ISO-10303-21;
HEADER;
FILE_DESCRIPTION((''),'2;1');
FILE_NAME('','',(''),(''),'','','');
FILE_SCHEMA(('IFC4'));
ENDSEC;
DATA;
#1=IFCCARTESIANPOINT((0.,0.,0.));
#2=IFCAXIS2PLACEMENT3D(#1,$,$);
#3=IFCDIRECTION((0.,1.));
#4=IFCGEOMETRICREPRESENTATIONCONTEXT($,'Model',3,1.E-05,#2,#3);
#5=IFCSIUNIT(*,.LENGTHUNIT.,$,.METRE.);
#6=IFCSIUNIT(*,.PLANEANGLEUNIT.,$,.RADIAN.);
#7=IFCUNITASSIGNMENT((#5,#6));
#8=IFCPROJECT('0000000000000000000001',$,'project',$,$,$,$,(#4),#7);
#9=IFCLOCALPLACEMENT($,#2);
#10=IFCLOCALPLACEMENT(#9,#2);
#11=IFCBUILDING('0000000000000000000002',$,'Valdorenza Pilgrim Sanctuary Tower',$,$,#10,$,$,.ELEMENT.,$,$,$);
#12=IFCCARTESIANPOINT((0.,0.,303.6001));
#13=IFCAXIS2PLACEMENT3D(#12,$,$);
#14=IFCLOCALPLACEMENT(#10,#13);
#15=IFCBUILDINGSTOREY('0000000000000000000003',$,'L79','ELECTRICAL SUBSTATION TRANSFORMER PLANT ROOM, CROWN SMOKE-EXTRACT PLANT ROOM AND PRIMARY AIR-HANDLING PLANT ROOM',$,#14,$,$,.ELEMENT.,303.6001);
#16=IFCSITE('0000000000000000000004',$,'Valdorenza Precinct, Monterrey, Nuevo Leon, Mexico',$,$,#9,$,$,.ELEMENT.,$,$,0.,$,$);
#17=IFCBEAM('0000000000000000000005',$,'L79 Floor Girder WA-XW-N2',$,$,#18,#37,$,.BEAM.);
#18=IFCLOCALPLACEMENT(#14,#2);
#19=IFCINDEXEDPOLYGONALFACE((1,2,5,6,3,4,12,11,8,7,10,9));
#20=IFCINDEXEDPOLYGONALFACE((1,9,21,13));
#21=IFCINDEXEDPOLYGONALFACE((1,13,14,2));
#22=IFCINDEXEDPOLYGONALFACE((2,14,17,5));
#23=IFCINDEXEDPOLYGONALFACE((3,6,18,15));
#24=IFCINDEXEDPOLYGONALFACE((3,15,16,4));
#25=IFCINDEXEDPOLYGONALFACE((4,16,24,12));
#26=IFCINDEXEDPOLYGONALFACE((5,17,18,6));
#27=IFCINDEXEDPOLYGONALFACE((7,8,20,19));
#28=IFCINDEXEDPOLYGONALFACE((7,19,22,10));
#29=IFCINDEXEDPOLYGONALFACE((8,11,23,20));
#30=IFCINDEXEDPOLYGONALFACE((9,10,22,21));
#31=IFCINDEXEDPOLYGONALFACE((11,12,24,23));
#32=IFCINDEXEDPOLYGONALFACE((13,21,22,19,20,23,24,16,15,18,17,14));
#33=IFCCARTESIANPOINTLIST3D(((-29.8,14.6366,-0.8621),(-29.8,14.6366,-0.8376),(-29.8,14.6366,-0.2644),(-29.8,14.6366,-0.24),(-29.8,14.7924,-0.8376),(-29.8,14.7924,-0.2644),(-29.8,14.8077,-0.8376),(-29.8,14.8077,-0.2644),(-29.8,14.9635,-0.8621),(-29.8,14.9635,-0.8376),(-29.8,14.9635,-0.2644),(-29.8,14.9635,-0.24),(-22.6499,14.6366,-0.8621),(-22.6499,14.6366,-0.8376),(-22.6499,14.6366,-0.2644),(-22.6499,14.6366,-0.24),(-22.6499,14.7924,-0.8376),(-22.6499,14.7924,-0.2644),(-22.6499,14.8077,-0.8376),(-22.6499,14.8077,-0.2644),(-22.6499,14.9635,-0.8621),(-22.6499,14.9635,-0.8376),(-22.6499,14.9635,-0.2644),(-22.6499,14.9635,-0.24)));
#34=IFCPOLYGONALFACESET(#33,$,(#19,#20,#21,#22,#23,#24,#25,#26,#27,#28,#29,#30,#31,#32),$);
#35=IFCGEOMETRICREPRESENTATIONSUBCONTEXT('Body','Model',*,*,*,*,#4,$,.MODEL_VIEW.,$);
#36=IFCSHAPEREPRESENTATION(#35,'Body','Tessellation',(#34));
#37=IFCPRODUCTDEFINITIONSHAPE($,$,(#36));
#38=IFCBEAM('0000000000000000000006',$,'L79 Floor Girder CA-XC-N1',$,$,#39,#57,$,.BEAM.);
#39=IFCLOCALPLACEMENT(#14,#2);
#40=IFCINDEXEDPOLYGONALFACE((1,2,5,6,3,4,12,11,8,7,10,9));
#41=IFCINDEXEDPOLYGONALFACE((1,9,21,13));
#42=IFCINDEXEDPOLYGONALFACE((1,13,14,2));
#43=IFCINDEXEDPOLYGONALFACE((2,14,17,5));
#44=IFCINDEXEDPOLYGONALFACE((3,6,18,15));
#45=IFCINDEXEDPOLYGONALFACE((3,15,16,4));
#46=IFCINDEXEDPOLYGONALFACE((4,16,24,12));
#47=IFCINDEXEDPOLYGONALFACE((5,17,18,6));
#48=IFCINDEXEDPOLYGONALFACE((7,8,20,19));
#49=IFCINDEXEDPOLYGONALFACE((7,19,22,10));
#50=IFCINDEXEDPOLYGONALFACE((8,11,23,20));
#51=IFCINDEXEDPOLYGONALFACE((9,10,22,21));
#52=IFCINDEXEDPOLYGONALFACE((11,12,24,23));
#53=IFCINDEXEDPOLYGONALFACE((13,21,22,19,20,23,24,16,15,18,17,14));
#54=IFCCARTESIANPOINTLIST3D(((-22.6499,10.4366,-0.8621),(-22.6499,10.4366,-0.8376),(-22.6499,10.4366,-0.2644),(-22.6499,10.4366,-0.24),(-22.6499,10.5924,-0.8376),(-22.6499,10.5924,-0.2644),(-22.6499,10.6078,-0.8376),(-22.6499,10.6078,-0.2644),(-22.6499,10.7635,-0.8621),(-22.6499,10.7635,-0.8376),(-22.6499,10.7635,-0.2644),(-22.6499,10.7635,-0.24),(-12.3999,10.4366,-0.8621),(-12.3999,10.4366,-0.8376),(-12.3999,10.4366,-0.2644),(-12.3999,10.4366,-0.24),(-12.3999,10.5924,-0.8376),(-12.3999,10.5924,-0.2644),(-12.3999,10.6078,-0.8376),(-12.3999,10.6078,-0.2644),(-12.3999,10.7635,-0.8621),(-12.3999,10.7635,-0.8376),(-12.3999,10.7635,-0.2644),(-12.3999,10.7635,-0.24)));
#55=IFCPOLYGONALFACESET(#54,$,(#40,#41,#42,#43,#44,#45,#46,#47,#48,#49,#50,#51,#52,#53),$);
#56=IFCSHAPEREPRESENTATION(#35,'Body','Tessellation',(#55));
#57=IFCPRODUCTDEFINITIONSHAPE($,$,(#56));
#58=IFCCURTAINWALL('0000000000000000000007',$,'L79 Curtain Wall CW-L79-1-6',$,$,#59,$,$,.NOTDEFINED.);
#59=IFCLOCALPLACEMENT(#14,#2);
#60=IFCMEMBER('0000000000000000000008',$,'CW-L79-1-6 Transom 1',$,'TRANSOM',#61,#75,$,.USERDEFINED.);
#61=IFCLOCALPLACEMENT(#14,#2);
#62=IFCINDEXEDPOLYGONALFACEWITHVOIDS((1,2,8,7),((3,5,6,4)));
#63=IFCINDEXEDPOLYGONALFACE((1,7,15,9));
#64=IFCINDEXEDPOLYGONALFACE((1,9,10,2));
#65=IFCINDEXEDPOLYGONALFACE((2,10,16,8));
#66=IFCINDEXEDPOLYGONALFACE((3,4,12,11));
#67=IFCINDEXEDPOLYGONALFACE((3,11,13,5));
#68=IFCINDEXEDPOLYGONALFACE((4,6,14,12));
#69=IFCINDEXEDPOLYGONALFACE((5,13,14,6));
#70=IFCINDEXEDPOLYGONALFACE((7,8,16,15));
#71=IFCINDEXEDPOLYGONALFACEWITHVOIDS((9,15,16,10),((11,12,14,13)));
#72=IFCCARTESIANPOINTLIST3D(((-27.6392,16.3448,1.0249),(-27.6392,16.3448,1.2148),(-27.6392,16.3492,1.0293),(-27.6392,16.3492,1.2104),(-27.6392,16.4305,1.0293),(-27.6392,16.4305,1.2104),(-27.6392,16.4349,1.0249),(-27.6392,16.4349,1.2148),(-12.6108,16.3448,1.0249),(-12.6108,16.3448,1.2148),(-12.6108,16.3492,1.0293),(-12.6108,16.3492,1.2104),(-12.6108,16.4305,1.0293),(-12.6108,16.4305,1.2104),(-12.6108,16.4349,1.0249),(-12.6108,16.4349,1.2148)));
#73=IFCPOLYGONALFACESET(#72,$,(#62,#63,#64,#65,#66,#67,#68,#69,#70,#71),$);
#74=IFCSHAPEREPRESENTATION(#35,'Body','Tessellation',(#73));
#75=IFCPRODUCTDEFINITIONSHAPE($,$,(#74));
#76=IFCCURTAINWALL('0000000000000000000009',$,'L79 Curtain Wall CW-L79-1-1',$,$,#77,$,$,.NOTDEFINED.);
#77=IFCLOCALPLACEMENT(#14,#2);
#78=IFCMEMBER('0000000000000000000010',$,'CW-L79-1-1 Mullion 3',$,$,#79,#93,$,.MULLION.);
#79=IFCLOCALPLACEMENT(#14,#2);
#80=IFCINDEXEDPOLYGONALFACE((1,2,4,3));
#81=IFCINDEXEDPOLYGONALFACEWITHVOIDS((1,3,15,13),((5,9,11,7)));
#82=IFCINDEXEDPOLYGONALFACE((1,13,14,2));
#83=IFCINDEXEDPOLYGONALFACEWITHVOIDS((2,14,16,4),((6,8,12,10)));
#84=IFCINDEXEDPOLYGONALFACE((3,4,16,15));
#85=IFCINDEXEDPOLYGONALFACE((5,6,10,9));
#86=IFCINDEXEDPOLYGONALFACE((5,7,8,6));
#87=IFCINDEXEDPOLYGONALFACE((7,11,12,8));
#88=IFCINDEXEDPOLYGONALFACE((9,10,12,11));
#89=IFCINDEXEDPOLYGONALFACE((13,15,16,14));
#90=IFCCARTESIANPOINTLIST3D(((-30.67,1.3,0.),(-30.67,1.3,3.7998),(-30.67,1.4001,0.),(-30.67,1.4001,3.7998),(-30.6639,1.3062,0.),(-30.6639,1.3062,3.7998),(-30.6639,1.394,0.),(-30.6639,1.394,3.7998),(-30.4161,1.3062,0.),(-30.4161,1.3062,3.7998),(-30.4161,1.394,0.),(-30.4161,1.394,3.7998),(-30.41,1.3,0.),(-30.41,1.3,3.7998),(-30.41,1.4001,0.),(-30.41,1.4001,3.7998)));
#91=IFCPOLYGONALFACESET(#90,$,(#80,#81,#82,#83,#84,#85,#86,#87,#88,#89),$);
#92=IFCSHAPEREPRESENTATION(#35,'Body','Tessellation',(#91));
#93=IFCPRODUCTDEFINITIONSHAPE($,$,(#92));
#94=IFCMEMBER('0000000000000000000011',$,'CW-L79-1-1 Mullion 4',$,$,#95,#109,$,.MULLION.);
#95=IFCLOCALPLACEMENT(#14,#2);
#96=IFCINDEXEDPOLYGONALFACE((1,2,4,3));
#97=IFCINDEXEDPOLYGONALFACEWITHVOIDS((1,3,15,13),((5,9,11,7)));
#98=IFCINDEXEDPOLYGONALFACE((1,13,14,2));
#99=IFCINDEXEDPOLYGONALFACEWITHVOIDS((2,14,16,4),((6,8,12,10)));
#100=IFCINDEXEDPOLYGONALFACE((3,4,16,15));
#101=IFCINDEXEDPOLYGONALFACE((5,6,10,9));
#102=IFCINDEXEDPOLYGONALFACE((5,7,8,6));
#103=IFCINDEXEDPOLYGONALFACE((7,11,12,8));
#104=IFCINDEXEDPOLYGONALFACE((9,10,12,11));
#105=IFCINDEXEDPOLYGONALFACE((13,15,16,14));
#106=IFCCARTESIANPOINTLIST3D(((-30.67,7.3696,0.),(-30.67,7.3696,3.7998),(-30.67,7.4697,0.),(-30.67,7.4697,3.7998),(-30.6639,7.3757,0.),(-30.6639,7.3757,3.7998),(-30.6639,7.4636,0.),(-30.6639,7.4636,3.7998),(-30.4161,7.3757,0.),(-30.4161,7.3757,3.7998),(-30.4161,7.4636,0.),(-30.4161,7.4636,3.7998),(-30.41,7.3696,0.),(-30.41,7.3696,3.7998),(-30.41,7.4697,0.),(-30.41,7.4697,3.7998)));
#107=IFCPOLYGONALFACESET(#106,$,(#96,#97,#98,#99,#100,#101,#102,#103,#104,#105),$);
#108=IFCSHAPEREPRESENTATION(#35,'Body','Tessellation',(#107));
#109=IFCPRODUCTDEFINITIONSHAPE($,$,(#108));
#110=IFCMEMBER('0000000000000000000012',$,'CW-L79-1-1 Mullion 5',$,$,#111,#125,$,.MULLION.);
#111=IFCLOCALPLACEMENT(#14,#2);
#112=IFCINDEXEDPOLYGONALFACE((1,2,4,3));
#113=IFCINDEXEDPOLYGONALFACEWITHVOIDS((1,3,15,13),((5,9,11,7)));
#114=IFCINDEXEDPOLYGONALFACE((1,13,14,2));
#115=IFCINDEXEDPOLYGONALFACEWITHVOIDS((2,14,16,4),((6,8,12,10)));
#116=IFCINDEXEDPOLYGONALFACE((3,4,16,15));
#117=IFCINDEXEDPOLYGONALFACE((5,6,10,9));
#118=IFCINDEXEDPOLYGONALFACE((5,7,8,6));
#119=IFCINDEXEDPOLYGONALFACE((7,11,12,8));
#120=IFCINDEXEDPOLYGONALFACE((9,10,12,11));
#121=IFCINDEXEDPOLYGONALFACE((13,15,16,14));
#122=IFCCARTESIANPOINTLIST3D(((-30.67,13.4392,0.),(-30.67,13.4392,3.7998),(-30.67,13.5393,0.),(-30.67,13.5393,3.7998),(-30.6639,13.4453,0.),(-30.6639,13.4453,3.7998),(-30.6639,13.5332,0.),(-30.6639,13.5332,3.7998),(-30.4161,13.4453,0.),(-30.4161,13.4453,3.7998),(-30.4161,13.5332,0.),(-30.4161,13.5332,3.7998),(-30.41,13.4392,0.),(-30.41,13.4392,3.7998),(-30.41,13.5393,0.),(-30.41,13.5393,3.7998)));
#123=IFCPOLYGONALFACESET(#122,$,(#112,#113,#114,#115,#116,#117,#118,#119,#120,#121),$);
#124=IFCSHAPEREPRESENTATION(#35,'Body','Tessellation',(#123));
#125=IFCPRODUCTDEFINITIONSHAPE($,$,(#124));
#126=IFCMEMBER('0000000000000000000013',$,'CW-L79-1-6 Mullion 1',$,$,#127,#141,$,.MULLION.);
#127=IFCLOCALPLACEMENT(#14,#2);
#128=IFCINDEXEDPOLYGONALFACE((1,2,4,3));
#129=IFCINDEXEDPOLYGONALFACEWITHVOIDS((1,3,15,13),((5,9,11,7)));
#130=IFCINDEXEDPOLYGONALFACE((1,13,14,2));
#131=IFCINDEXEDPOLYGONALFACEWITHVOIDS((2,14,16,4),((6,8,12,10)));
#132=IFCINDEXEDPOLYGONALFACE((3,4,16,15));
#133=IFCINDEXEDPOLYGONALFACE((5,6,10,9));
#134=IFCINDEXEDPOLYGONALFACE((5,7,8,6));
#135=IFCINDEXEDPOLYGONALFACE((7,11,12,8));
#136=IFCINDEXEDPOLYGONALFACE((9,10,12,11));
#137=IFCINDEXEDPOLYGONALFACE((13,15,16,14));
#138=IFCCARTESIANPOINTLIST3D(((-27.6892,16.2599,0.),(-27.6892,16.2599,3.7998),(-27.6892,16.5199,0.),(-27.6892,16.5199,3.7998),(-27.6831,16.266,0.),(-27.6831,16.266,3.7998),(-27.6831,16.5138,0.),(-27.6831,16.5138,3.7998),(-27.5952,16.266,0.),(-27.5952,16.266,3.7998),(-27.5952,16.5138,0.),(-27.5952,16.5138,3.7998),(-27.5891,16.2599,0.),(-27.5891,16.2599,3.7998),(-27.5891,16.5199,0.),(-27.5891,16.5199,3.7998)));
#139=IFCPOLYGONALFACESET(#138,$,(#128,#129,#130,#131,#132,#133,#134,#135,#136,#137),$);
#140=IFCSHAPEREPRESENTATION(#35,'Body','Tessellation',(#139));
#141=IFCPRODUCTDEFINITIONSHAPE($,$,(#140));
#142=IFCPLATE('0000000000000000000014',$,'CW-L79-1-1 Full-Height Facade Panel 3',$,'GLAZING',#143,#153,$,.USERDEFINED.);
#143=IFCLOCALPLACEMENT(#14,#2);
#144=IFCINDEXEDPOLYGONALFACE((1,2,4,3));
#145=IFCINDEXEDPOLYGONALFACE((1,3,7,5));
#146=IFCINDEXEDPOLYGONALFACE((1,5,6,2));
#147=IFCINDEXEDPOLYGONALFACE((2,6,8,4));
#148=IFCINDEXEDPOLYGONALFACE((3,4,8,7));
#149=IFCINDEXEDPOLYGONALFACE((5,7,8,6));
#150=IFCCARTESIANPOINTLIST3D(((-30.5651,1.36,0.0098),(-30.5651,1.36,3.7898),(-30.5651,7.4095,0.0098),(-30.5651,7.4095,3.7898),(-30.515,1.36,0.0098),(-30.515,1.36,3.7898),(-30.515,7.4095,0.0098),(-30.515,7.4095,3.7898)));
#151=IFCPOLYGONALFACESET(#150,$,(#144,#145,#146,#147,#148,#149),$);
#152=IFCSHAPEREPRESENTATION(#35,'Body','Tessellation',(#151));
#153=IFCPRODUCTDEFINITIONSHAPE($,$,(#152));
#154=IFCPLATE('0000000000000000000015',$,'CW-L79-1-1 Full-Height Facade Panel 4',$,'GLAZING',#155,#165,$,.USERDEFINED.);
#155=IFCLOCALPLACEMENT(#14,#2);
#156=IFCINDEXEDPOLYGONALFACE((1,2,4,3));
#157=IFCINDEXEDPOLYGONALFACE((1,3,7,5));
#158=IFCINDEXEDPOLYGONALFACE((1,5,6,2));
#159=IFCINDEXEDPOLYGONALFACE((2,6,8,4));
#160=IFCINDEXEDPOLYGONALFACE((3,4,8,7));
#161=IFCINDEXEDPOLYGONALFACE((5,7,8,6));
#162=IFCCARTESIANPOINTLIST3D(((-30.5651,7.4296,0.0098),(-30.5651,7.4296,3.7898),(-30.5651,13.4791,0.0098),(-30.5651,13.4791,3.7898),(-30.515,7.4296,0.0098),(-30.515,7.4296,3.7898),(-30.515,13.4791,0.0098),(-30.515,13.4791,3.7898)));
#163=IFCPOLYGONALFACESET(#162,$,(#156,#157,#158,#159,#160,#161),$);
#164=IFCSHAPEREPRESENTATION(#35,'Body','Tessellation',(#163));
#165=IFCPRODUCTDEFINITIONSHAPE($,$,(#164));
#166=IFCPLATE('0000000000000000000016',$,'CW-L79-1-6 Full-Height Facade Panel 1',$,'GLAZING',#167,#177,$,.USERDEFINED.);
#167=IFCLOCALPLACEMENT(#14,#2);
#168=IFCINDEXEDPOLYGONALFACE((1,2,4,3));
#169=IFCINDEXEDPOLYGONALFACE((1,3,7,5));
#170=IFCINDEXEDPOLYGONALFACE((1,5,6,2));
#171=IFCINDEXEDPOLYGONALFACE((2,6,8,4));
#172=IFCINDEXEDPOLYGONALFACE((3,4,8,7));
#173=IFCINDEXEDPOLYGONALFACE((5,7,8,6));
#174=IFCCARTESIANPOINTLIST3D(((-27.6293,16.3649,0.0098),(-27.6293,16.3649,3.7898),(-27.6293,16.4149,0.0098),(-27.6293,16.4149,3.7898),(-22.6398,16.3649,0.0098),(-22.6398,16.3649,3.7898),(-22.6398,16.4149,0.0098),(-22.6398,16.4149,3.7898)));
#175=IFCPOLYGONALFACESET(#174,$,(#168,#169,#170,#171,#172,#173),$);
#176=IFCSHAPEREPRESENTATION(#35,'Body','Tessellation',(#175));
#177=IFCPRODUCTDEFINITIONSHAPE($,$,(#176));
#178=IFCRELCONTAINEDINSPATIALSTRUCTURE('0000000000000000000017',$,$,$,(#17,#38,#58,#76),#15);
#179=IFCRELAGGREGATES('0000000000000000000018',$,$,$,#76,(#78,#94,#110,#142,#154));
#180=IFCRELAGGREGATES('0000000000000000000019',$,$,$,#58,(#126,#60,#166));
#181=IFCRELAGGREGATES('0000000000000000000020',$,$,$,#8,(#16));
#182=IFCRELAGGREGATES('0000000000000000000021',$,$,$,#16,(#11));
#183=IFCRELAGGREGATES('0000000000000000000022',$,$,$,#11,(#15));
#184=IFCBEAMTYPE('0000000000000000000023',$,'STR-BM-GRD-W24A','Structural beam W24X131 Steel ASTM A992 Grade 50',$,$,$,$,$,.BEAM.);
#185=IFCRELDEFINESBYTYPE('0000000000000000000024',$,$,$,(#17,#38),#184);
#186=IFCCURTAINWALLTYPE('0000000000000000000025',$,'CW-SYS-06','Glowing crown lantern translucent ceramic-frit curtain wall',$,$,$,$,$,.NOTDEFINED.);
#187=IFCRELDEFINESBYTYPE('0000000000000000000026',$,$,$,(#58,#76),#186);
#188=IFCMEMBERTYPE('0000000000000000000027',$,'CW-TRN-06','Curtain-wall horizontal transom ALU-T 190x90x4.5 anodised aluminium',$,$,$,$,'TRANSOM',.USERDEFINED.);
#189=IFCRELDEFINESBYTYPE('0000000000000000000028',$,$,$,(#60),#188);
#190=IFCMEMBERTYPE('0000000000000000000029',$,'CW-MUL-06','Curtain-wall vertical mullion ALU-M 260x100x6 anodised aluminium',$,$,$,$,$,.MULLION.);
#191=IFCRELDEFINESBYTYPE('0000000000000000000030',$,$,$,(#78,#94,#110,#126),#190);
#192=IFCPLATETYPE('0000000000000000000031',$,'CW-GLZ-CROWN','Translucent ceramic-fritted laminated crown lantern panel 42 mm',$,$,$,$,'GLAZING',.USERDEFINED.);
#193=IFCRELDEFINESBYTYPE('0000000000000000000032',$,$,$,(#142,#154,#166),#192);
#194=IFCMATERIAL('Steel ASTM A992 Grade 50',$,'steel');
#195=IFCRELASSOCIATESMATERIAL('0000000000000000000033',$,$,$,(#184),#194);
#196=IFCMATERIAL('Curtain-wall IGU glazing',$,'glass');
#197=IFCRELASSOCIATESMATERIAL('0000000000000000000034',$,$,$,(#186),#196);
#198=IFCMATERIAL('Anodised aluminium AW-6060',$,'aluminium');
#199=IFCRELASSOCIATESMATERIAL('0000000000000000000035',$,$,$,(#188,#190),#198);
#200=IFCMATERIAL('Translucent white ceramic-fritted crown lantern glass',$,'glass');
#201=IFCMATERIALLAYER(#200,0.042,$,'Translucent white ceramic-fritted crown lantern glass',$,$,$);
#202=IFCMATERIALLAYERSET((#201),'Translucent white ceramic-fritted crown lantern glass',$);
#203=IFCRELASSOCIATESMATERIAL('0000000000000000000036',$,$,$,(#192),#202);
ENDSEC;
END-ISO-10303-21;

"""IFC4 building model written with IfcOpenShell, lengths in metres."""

from ifc_helpers import new_model, si_unit, direction, frame, origin, origin_2d, place, context, subcontext, project, spatial, rectangle, hollow_rectangle, i_section, extrude, source, transform, mapped, material, layer, layer_set, material_profile, profile_set, type_object, element, aggregate, save


model = new_model("IFC4")

# Units and contexts
model_context = context("Model", 3, precision=1e-05, world=origin(), true_north=direction((0.0, 1.0)))
body_context = subcontext(model_context, "Body", "Model", "MODEL_VIEW")
ifc_project = project(units=[si_unit("LENGTHUNIT", "METRE"), si_unit("PLANEANGLEUNIT", "RADIAN")], contexts=[model_context])

# Site, building, storey
site_placement = place(None, origin())
site = spatial("IfcSite", under=ifc_project, at=site_placement, Name="Valdorenza Precinct, Monterrey, Nuevo Leon, Mexico", CompositionType="ELEMENT", RefElevation=0.0)
building_placement = place(site_placement, origin())
building = spatial("IfcBuilding", under=site, at=building_placement, Name="Valdorenza Pilgrim Sanctuary Tower", CompositionType="ELEMENT")
storey_placement = place(building_placement, frame((0.0, 0.0, 303.6001)))
storey = spatial("IfcBuildingStorey", under=building, at=storey_placement, Name="L79", Description="ELECTRICAL SUBSTATION TRANSFORMER PLANT ROOM, CROWN SMOKE-EXTRACT PLANT ROOM AND PRIMARY AIR-HANDLING PLANT ROOM", CompositionType="ELEMENT", Elevation=303.6001)

# Beams
ifc_material_1 = material(Name="Steel ASTM A992 Grade 50", Category="steel")
ifc_material_profile_1 = material_profile(ifc_material_1, i_section(OverallWidth=0.3269, OverallDepth=0.6221, WebThickness=0.0154, FlangeThickness=0.0244, at=origin_2d()), Name="W24X131")
ifc_profile_set_1 = profile_set([ifc_material_profile_1], Name="Steel ASTM A992 Grade 50")
beam_type_1 = type_object("IfcBeamType", Name="STR-BM-GRD-W24A", Description="Structural beam W24X131 Steel ASTM A992 Grade 50", PredefinedType="BEAM", material=ifc_profile_set_1)
shared_shape_1 = source(origin(), body_context, "Body", "SweptSolid", [
    extrude(i_section(OverallWidth=0.3269, OverallDepth=0.6221, WebThickness=0.0154, FlangeThickness=0.0244, at=origin_2d()), origin(), (0.0, 0.0, 1.0), 7.1501),
])
for number, where, z_axis, x_axis, name in (
    (1, (-29.8, 14.8, -0.551), (1.0, 0.0, 0.0), (0.0, 1.0, 0.0), "L79 Floor Girder WA-XW-N2"),
):
    element("IfcBeam", number, at=place(storey_placement, frame(where, z_axis=z_axis, x_axis=x_axis)), inside=storey, type_object=beam_type_1, Name=name, PredefinedType="BEAM", context=body_context, shape_type="MappedRepresentation", body=[
        mapped(shared_shape_1, transform((0.0, 0.0, 0.0), x_axis=(1.0, 0.0, 0.0), y_axis=(0.0, 1.0, 0.0), z_axis=(0.0, 0.0, 1.0), scale=1.0)),
    ])
shared_shape_2 = source(origin(), body_context, "Body", "SweptSolid", [
    extrude(i_section(OverallWidth=0.3269, OverallDepth=0.6221, WebThickness=0.0154, FlangeThickness=0.0244, at=origin_2d()), origin(), (0.0, 0.0, 1.0), 10.25),
])
beam_1_placement = place(storey_placement, frame((-22.6499, 10.6001, -0.551), z_axis=(1.0, 0.0, 0.0), x_axis=(0.0, 1.0, 0.0)))
element("IfcBeam", 2, at=beam_1_placement, inside=storey, type_object=beam_type_1, Name="L79 Floor Girder CA-XC-N1", PredefinedType="BEAM", context=body_context, shape_type="MappedRepresentation", body=[
    mapped(shared_shape_2, transform((0.0, 0.0, 0.0), x_axis=(1.0, 0.0, 0.0), y_axis=(0.0, 1.0, 0.0), z_axis=(0.0, 0.0, 1.0), scale=1.0)),
])

# Curtain wall, member
ifc_material_2 = material(Name="Curtain-wall IGU glazing", Category="glass")
curtain_wall_type = type_object("IfcCurtainWallType", Name="CW-SYS-06", Description="Glowing crown lantern translucent ceramic-frit curtain wall", PredefinedType="NOTDEFINED", material=ifc_material_2)
curtain_wall_1_placement = place(storey_placement, origin())
curtain_wall_1 = element("IfcCurtainWall", 3, at=curtain_wall_1_placement, inside=storey, type_object=curtain_wall_type, Name="L79 Curtain Wall CW-L79-1-6", PredefinedType="NOTDEFINED")
ifc_material_3 = material(Name="Anodised aluminium AW-6060", Category="aluminium")
ifc_material_profile_2 = material_profile(ifc_material_3, hollow_rectangle(XDim=0.0901, YDim=0.1899, WallThickness=0.0044, at=origin_2d()), Name="ALU-T 190x90x4.5")
ifc_profile_set_2 = profile_set([ifc_material_profile_2], Name="Anodised aluminium AW-6060")
member_type_1 = type_object("IfcMemberType", Name="CW-TRN-06", Description="Curtain-wall horizontal transom ALU-T 190x90x4.5 anodised aluminium", ElementType="TRANSOM", PredefinedType="USERDEFINED", material=ifc_profile_set_2)
shared_shape_3 = source(origin(), body_context, "Body", "SweptSolid", [
    extrude(hollow_rectangle(XDim=0.0901, YDim=0.1899, WallThickness=0.0044, at=origin_2d()), origin(), (0.0, 0.0, 1.0), 15.0283),
])
member_1_placement = place(storey_placement, frame((-27.6392, 16.3899, 1.1199), z_axis=(1.0, 0.0, 0.0), x_axis=(0.0, 1.0, 0.0)))
member_1 = element("IfcMember", 4, at=member_1_placement, type_object=member_type_1, Name="CW-L79-1-6 Transom 1", ObjectType="TRANSOM", PredefinedType="USERDEFINED", context=body_context, shape_type="MappedRepresentation", body=[
    mapped(shared_shape_3, transform((0.0, 0.0, 0.0), x_axis=(1.0, 0.0, 0.0), y_axis=(0.0, 1.0, 0.0), z_axis=(0.0, 0.0, 1.0), scale=1.0)),
])

# Curtain wall, members
curtain_wall_2_placement = place(storey_placement, origin())
curtain_wall_2 = element("IfcCurtainWall", 5, at=curtain_wall_2_placement, inside=storey, type_object=curtain_wall_type, Name="L79 Curtain Wall CW-L79-1-1", PredefinedType="NOTDEFINED")
ifc_material_profile_3 = material_profile(ifc_material_3, hollow_rectangle(XDim=0.1001, YDim=0.26, WallThickness=0.0061, at=origin_2d()), Name="ALU-M 260x100x6")
ifc_profile_set_3 = profile_set([ifc_material_profile_3], Name="Anodised aluminium AW-6060")
member_type_2 = type_object("IfcMemberType", Name="CW-MUL-06", Description="Curtain-wall vertical mullion ALU-M 260x100x6 anodised aluminium", PredefinedType="MULLION", material=ifc_profile_set_3)
shared_shape_4 = source(origin(), body_context, "Body", "SweptSolid", [
    extrude(hollow_rectangle(XDim=0.1001, YDim=0.26, WallThickness=0.0061, at=origin_2d()), origin(), (0.0, 0.0, 1.0), 3.7998),
])
member_2_placement = place(storey_placement, frame((-30.54, 1.3501, 0.0), z_axis=(0.0, 0.0, 1.0), x_axis=(0.0, 1.0, 0.0)))
member_2 = element("IfcMember", 6, at=member_2_placement, type_object=member_type_2, Name="CW-L79-1-1 Mullion 3", PredefinedType="MULLION", context=body_context, shape_type="MappedRepresentation", body=[
    mapped(shared_shape_4, transform((0.0, 0.0, 0.0), x_axis=(1.0, 0.0, 0.0), y_axis=(0.0, 1.0, 0.0), z_axis=(0.0, 0.0, 1.0), scale=1.0)),
])
member_3_placement = place(storey_placement, frame((-30.54, 7.4197, 0.0), z_axis=(0.0, 0.0, 1.0), x_axis=(0.0, 1.0, 0.0)))
member_3 = element("IfcMember", 7, at=member_3_placement, type_object=member_type_2, Name="CW-L79-1-1 Mullion 4", PredefinedType="MULLION", context=body_context, shape_type="MappedRepresentation", body=[
    mapped(shared_shape_4, transform((0.0, 0.0, 0.0), x_axis=(1.0, 0.0, 0.0), y_axis=(0.0, 1.0, 0.0), z_axis=(0.0, 0.0, 1.0), scale=1.0)),
])
member_4_placement = place(storey_placement, frame((-30.54, 13.4893, 0.0), z_axis=(0.0, 0.0, 1.0), x_axis=(0.0, 1.0, 0.0)))
member_4 = element("IfcMember", 8, at=member_4_placement, type_object=member_type_2, Name="CW-L79-1-1 Mullion 5", PredefinedType="MULLION", context=body_context, shape_type="MappedRepresentation", body=[
    mapped(shared_shape_4, transform((0.0, 0.0, 0.0), x_axis=(1.0, 0.0, 0.0), y_axis=(0.0, 1.0, 0.0), z_axis=(0.0, 0.0, 1.0), scale=1.0)),
])

# Member
member_5_placement = place(storey_placement, frame((-27.6392, 16.3899, 0.0), z_axis=(0.0, 0.0, 1.0), x_axis=(1.0, 0.0, 0.0)))
member_5 = element("IfcMember", 9, at=member_5_placement, type_object=member_type_2, Name="CW-L79-1-6 Mullion 1", PredefinedType="MULLION", context=body_context, shape_type="MappedRepresentation", body=[
    mapped(shared_shape_4, transform((0.0, 0.0, 0.0), x_axis=(1.0, 0.0, 0.0), y_axis=(0.0, 1.0, 0.0), z_axis=(0.0, 0.0, 1.0), scale=1.0)),
])

# Plates
ifc_material_4 = material(Name="Translucent white ceramic-fritted crown lantern glass", Category="glass")
ifc_layer_1 = layer(ifc_material_4, 0.042, Name="Translucent white ceramic-fritted crown lantern glass")
ifc_layer_set_1 = layer_set([ifc_layer_1], Name="Translucent white ceramic-fritted crown lantern glass")
plate_type = type_object("IfcPlateType", Name="CW-GLZ-CROWN", Description="Translucent ceramic-fritted laminated crown lantern panel 42 mm", ElementType="GLAZING", PredefinedType="USERDEFINED", material=ifc_layer_set_1)
shared_shape_5 = source(origin(), body_context, "Body", "SweptSolid", [
    extrude(rectangle(XDim=6.0496, YDim=0.05, at=origin_2d()), origin(), (0.0, 0.0, 1.0), 3.78),
])
plate_1_placement = place(storey_placement, frame((-30.54, 4.3848, 0.0098), z_axis=(0.0, 0.0, 1.0), x_axis=(0.0, 1.0, 0.0)))
plate_1 = element("IfcPlate", 10, at=plate_1_placement, type_object=plate_type, Name="CW-L79-1-1 Full-Height Facade Panel 3", ObjectType="GLAZING", PredefinedType="USERDEFINED", context=body_context, shape_type="MappedRepresentation", body=[
    mapped(shared_shape_5, transform((0.0, 0.0, 0.0), x_axis=(1.0, 0.0, 0.0), y_axis=(0.0, 1.0, 0.0), z_axis=(0.0, 0.0, 1.0), scale=1.0)),
])
plate_2_placement = place(storey_placement, frame((-30.54, 10.4543, 0.0098), z_axis=(0.0, 0.0, 1.0), x_axis=(0.0, 1.0, 0.0)))
plate_2 = element("IfcPlate", 11, at=plate_2_placement, type_object=plate_type, Name="CW-L79-1-1 Full-Height Facade Panel 4", ObjectType="GLAZING", PredefinedType="USERDEFINED", context=body_context, shape_type="MappedRepresentation", body=[
    mapped(shared_shape_5, transform((0.0, 0.0, 0.0), x_axis=(1.0, 0.0, 0.0), y_axis=(0.0, 1.0, 0.0), z_axis=(0.0, 0.0, 1.0), scale=1.0)),
])
aggregate(curtain_wall_2, [member_2, member_3, member_4, plate_1, plate_2])
shared_shape_6 = source(origin(), body_context, "Body", "SweptSolid", [
    extrude(rectangle(XDim=4.9895, YDim=0.05, at=origin_2d()), origin(), (0.0, 0.0, 1.0), 3.78),
])
plate_3_placement = place(storey_placement, frame((-25.1345, 16.3899, 0.0098), z_axis=(0.0, 0.0, 1.0), x_axis=(1.0, 0.0, 0.0)))
plate_3 = element("IfcPlate", 12, at=plate_3_placement, type_object=plate_type, Name="CW-L79-1-6 Full-Height Facade Panel 1", ObjectType="GLAZING", PredefinedType="USERDEFINED", context=body_context, shape_type="MappedRepresentation", body=[
    mapped(shared_shape_6, transform((0.0, 0.0, 0.0), x_axis=(1.0, 0.0, 0.0), y_axis=(0.0, 1.0, 0.0), z_axis=(0.0, 0.0, 1.0), scale=1.0)),
])
aggregate(curtain_wall_1, [member_5, member_1, plate_3])

save(model, "model.ifc")
